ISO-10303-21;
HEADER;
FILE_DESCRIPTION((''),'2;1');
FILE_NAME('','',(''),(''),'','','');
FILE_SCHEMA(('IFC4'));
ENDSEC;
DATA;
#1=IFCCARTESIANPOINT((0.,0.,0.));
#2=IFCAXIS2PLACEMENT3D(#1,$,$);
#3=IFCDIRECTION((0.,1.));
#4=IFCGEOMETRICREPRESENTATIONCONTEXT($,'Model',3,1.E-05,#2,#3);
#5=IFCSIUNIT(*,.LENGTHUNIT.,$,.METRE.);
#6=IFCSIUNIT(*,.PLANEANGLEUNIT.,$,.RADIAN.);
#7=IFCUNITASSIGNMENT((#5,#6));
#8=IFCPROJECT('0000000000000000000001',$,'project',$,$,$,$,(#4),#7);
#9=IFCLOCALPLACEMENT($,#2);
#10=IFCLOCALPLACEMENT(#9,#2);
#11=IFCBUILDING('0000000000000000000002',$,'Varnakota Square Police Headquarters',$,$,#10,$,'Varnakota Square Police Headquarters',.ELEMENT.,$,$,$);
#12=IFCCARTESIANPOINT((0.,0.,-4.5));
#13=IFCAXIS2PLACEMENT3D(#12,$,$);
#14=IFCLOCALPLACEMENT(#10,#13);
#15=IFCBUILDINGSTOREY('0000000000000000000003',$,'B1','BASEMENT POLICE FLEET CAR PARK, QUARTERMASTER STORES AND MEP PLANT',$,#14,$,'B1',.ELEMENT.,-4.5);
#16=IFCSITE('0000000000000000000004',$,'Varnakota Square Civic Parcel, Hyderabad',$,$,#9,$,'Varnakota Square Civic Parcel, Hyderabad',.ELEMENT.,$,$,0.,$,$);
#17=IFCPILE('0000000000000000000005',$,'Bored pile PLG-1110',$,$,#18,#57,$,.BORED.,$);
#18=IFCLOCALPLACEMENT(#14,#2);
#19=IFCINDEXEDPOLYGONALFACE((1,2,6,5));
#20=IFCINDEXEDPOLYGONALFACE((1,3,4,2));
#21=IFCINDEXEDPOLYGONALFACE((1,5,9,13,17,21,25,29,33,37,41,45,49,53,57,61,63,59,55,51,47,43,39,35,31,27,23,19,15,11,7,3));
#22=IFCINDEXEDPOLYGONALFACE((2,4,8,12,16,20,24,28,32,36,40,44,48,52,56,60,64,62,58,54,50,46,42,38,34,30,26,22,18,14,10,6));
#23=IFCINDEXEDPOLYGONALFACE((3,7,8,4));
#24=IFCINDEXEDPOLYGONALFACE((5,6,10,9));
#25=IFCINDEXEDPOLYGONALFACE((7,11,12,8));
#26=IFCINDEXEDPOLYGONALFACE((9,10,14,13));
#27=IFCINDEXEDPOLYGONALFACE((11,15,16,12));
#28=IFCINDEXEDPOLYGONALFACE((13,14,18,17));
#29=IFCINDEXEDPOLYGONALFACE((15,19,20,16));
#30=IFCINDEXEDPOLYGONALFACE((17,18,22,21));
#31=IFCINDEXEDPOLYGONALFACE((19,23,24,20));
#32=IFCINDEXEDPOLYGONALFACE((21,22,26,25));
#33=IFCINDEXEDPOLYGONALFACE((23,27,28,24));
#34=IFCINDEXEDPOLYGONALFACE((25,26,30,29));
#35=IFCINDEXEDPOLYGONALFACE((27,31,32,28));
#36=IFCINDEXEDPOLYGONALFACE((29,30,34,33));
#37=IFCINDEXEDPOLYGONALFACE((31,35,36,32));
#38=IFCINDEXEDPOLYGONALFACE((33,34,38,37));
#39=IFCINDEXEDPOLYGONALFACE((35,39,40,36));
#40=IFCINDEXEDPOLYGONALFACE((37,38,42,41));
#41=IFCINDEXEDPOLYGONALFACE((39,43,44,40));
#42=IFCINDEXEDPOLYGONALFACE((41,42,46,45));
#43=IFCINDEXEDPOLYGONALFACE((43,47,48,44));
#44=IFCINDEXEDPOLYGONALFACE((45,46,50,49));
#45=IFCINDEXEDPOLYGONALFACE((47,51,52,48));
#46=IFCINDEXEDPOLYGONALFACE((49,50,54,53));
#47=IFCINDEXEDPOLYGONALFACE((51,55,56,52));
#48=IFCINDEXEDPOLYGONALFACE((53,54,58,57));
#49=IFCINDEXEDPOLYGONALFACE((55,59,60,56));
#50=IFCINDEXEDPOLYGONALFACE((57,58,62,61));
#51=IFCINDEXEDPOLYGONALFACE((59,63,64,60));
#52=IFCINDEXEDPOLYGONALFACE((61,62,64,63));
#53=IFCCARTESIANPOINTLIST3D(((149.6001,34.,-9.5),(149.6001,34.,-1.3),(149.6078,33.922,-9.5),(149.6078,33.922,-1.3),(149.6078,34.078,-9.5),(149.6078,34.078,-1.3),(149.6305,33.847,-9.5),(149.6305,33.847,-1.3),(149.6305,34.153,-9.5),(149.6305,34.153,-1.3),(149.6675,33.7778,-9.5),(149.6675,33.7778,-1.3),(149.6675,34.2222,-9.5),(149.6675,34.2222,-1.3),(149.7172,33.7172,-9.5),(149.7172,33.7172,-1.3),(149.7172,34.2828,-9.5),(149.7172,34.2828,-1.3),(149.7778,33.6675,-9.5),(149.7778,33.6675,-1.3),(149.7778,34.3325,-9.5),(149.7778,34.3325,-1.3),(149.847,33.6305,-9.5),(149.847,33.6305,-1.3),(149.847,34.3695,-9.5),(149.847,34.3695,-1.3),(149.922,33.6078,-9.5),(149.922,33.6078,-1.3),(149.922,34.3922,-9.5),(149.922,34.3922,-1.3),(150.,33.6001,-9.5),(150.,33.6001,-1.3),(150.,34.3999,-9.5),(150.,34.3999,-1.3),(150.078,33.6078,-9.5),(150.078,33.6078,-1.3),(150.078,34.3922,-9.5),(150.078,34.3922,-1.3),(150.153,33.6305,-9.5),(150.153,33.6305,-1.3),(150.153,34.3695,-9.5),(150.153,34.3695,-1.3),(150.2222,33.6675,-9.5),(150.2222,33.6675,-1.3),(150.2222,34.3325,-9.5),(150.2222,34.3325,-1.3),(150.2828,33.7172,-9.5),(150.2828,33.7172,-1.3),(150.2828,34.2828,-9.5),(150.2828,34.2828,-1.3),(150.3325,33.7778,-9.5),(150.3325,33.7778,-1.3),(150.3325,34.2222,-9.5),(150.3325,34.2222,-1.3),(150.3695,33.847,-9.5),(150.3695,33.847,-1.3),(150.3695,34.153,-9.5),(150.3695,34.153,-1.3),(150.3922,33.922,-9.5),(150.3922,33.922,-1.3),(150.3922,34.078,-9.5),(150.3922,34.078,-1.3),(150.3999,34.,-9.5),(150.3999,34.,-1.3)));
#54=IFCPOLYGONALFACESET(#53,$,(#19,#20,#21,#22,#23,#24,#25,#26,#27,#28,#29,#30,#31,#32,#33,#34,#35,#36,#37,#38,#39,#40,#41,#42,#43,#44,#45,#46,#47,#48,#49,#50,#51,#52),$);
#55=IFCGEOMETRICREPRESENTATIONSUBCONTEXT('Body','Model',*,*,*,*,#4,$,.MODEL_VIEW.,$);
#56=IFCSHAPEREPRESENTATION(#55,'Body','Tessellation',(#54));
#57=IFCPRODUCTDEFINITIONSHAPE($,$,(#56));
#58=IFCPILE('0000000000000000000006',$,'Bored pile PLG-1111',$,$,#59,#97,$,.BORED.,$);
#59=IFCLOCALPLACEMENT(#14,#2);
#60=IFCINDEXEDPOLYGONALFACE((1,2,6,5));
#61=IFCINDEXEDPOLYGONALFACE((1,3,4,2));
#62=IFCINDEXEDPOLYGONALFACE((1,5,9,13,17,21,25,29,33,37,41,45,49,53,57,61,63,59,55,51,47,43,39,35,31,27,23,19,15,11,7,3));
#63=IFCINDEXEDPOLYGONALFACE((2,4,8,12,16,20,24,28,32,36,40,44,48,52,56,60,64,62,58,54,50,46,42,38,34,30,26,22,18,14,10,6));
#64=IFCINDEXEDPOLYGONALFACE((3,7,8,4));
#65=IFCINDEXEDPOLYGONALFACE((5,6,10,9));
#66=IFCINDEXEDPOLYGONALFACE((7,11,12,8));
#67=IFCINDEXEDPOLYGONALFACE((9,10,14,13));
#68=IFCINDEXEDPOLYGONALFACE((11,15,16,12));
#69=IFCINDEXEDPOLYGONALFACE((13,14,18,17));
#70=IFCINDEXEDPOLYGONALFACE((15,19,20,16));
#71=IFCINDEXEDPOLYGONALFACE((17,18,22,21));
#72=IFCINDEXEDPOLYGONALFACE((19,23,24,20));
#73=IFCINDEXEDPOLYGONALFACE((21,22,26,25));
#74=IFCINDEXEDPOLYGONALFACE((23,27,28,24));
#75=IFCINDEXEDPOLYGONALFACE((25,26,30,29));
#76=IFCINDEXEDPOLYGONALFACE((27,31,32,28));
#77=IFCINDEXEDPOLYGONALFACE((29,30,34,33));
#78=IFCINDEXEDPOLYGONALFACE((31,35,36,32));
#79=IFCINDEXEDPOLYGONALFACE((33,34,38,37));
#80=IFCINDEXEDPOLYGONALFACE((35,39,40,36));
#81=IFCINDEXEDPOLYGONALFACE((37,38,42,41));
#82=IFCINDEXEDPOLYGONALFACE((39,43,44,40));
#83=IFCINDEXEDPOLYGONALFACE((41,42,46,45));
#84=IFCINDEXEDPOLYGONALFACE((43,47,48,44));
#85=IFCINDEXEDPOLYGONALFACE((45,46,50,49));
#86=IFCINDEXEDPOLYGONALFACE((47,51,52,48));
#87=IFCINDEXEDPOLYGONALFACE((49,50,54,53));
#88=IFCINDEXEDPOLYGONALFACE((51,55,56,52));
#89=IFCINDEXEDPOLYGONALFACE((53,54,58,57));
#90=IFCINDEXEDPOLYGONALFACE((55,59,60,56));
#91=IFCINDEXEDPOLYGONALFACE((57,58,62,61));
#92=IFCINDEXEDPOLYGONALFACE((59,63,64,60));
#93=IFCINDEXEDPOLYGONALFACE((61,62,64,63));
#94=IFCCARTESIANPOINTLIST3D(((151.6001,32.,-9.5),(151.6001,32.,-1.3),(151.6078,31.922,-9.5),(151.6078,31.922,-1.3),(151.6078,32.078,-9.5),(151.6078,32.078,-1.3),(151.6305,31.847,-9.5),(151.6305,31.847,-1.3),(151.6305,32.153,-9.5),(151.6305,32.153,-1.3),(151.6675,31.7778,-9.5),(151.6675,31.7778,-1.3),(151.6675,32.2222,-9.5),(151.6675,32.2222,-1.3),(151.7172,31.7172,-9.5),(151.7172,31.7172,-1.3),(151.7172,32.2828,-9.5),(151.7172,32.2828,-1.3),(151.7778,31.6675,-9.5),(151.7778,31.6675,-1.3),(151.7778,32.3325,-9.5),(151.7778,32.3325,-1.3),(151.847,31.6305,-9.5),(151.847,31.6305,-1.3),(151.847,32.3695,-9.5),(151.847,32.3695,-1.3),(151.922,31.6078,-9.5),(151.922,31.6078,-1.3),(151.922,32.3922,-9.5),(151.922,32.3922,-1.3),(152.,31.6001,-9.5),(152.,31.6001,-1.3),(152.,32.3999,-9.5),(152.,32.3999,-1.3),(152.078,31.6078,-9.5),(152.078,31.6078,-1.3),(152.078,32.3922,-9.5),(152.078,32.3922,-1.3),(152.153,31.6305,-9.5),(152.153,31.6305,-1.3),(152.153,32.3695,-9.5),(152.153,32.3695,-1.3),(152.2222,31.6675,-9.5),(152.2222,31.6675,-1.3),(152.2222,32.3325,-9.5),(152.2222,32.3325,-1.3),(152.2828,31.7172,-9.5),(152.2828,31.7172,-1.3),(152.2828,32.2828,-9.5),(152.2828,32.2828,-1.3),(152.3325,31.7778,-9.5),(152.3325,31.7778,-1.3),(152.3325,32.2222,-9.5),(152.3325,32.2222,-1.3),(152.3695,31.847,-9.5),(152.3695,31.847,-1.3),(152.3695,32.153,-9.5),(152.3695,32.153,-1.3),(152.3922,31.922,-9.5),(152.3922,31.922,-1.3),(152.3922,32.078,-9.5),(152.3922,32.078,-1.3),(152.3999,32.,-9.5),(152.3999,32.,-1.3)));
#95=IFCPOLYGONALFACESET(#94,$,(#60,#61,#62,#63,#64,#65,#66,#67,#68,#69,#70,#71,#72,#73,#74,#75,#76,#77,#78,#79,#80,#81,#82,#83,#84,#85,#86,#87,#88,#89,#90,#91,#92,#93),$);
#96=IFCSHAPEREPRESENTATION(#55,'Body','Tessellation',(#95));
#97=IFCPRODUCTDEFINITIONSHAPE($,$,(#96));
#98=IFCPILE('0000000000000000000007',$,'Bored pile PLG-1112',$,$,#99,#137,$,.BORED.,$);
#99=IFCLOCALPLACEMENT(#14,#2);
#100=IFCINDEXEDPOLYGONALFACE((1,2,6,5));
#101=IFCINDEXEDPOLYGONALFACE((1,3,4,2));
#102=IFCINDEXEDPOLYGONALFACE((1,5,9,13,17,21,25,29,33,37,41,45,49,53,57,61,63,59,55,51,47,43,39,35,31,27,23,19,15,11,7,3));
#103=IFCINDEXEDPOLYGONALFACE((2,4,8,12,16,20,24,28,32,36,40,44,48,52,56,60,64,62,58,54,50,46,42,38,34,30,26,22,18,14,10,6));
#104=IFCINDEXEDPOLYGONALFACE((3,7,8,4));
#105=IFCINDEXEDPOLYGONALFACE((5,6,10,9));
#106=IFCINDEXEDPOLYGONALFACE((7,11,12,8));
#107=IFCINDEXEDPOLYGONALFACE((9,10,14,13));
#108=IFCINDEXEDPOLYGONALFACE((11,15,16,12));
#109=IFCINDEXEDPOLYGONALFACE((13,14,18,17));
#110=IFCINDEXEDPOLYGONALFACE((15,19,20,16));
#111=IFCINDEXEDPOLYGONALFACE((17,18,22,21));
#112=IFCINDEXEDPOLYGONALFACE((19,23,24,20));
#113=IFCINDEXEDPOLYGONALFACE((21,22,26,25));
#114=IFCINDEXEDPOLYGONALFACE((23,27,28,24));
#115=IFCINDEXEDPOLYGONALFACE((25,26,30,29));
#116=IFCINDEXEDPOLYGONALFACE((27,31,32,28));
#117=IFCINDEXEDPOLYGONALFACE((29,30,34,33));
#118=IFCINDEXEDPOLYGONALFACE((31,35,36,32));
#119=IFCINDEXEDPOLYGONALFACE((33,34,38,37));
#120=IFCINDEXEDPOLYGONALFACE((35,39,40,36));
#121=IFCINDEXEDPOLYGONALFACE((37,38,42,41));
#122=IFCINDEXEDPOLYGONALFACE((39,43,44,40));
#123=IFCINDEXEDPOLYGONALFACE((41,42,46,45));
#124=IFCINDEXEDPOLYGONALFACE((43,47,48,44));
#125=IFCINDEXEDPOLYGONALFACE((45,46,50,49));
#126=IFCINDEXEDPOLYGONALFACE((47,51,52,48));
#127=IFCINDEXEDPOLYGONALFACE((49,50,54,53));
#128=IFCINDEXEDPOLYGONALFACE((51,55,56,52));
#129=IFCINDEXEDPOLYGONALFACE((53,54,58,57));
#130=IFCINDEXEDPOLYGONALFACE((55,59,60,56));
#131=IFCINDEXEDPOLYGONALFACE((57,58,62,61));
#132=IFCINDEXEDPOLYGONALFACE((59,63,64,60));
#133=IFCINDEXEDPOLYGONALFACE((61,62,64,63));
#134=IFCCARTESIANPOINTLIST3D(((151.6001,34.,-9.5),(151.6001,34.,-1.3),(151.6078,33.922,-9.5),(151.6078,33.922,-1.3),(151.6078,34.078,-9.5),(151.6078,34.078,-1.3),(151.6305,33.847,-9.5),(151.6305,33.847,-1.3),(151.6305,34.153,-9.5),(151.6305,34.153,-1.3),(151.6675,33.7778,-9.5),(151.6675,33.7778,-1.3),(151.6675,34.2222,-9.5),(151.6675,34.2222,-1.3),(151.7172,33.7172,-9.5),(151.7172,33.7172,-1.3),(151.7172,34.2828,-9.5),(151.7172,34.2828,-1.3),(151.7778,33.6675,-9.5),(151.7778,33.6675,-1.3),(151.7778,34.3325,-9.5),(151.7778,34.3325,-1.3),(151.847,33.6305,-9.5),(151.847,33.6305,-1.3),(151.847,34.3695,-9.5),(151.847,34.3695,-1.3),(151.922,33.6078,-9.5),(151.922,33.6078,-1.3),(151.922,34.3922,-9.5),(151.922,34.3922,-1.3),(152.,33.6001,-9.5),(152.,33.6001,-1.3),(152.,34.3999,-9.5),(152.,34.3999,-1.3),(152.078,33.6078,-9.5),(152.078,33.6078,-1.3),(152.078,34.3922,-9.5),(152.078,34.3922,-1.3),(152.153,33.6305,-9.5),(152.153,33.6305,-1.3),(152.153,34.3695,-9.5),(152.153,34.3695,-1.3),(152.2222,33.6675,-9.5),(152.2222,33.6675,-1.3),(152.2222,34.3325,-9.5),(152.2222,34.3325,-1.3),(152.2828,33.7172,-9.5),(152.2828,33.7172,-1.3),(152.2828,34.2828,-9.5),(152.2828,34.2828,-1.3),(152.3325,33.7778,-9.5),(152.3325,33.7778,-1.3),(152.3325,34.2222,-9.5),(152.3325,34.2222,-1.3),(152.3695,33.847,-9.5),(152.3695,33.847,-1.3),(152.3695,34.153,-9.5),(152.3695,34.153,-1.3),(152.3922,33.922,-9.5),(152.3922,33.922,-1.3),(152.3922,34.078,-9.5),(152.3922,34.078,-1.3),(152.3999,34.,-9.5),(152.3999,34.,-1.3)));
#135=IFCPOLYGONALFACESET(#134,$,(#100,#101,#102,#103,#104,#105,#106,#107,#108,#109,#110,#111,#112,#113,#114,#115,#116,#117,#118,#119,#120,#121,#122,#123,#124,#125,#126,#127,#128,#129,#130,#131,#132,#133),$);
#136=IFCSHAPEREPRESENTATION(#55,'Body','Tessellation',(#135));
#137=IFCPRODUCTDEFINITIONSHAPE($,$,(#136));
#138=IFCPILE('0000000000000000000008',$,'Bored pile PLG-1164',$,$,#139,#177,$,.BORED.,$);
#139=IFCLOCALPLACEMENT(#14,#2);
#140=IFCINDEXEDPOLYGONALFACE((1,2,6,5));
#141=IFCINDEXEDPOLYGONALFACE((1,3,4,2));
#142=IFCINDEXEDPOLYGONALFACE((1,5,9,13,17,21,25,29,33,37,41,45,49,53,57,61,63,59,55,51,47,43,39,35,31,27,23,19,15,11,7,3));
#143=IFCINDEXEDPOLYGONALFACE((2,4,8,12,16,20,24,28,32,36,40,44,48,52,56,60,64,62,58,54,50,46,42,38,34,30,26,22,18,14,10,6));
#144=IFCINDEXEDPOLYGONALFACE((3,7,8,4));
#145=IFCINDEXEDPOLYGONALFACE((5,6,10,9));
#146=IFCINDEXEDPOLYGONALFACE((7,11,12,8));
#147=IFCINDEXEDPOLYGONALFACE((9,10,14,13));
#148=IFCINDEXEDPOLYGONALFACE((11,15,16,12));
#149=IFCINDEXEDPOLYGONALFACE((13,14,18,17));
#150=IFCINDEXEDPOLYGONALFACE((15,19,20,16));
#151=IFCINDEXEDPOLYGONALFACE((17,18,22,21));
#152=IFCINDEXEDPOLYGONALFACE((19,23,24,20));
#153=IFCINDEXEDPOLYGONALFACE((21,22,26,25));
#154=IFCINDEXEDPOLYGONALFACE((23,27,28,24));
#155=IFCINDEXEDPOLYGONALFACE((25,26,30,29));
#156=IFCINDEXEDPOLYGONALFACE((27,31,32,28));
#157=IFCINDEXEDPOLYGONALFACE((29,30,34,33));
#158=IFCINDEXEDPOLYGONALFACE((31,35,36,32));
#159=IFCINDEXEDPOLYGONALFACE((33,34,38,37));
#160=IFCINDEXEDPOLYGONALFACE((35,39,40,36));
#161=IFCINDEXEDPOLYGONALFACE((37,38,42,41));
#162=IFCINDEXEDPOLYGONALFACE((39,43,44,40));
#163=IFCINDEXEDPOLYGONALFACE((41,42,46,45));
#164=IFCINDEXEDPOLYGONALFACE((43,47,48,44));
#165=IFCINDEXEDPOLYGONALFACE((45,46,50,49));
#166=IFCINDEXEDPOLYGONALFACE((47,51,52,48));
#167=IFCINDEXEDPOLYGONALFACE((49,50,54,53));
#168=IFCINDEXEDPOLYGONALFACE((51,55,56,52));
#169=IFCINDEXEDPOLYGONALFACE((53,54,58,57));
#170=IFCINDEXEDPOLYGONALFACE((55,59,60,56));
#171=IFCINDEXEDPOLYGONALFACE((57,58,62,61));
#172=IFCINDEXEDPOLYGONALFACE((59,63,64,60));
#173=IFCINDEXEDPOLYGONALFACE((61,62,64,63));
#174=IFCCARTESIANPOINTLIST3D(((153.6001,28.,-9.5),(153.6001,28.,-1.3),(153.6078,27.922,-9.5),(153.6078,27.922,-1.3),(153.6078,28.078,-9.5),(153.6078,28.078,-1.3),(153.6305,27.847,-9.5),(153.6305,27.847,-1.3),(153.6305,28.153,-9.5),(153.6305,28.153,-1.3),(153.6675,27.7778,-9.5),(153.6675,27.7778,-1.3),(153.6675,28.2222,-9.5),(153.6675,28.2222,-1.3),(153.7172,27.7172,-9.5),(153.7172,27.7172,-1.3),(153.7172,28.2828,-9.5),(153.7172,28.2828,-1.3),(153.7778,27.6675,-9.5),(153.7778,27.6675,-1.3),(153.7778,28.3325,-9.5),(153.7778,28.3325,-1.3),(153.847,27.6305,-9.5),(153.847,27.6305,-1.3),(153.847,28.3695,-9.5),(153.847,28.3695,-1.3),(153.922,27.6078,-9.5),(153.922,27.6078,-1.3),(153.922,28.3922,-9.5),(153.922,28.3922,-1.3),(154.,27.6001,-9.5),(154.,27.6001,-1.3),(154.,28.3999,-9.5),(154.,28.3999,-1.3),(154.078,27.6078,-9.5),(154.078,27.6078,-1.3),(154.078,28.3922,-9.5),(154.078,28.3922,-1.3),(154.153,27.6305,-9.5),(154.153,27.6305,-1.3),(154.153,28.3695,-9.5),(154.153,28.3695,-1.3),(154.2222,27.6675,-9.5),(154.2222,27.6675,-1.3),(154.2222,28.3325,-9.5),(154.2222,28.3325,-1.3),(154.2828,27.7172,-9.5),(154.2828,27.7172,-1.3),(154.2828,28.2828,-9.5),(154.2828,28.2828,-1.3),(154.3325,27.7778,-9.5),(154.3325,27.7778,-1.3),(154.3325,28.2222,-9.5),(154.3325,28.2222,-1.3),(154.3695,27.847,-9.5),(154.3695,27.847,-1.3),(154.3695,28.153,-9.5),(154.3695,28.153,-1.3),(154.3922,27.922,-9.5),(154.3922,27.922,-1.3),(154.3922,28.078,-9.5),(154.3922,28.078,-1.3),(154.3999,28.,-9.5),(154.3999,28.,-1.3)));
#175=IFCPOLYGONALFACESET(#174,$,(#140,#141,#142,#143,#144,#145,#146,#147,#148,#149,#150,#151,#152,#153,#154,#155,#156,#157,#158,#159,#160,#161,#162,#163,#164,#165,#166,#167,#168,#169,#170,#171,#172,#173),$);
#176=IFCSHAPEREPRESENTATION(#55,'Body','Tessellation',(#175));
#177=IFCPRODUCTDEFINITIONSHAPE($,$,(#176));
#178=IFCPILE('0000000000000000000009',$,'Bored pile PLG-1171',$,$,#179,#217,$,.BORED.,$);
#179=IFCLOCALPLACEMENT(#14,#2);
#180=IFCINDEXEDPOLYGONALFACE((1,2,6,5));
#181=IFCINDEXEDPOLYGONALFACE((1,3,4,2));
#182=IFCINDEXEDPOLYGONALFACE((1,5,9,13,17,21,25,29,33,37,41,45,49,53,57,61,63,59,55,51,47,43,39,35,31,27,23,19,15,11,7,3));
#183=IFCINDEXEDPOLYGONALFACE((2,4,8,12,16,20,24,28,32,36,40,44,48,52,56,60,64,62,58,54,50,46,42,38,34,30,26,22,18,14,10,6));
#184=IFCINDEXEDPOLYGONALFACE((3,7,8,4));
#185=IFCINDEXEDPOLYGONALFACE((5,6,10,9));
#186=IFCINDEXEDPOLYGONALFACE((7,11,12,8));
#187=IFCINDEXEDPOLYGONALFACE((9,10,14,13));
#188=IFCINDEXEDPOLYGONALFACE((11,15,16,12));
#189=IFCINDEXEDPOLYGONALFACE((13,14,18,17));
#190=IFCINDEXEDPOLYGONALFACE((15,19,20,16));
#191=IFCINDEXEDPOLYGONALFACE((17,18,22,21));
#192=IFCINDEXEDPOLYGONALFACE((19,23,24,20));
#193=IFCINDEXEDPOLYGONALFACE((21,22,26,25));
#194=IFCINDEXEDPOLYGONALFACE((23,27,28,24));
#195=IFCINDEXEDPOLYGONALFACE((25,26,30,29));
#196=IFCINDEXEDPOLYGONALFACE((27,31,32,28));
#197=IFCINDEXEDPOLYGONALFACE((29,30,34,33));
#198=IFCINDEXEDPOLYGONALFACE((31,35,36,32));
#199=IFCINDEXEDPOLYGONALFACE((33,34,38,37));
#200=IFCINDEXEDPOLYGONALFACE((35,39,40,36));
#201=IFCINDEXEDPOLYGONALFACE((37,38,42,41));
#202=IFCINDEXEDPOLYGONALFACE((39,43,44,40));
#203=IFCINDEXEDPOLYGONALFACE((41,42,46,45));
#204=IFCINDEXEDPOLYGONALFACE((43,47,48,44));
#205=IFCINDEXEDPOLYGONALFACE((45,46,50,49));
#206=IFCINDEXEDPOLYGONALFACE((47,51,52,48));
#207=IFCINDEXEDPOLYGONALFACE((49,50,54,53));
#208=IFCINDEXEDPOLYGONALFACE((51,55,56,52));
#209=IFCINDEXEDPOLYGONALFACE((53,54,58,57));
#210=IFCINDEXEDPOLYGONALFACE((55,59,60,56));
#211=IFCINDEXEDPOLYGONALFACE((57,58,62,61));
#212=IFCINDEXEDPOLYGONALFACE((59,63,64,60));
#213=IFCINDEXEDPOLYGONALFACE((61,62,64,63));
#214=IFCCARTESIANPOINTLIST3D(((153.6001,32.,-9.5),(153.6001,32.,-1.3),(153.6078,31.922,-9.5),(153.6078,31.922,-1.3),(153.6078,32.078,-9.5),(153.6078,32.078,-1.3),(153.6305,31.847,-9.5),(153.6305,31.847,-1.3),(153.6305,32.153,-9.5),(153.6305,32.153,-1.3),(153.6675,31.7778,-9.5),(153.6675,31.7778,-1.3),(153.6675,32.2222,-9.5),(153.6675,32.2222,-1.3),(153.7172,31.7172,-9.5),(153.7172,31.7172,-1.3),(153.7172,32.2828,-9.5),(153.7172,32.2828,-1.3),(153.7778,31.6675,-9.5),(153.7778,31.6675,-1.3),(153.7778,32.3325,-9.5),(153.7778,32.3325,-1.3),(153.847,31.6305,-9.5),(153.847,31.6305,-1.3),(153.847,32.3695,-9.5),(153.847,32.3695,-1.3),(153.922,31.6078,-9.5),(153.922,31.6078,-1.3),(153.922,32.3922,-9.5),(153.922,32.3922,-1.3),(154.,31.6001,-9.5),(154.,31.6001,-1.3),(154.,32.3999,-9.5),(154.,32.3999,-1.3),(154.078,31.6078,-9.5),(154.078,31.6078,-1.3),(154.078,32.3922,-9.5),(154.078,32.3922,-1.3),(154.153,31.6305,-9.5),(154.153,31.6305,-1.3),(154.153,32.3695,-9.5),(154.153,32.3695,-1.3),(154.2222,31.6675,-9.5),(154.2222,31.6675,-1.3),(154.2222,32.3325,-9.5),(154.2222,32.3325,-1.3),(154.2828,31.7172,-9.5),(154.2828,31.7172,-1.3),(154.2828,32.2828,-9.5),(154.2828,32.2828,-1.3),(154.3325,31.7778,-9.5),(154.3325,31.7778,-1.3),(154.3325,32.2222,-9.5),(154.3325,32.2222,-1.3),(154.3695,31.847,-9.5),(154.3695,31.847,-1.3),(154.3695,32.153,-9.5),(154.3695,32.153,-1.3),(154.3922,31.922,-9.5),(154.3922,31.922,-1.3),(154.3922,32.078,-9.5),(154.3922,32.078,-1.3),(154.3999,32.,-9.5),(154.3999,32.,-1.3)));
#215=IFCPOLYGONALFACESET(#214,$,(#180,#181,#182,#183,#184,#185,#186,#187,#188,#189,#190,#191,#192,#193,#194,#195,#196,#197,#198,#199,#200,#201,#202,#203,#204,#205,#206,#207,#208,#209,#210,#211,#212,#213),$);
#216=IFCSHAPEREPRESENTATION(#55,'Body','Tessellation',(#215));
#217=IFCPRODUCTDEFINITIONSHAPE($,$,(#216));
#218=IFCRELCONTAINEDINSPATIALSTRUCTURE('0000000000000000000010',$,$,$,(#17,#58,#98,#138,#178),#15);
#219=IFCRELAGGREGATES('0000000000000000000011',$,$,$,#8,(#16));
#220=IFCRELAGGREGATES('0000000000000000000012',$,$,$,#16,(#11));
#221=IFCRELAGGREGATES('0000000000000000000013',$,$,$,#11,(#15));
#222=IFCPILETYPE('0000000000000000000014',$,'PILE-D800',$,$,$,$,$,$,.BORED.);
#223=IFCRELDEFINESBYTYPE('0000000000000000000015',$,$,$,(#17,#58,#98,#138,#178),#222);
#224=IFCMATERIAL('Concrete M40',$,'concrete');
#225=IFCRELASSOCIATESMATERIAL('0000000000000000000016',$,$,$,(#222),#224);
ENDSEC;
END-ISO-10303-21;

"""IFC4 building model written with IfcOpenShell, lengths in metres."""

from ifc_helpers import new_model, si_unit, direction, frame, origin, origin_2d, place, context, subcontext, project, spatial, circle, extrude, material, material_profile, profile_set, type_object, element, save


model = new_model("IFC4")

# Units and contexts
model_context = context("Model", 3, precision=1e-05, world=origin(), true_north=direction((0.0, 1.0)))
body_context = subcontext(model_context, "Body", "Model", "MODEL_VIEW")
ifc_project = project(units=[si_unit("LENGTHUNIT", "METRE"), si_unit("PLANEANGLEUNIT", "RADIAN")], contexts=[model_context])

# Site, building, storey
site_placement = place(None, origin())
site = spatial("IfcSite", under=ifc_project, at=site_placement, Name="Varnakota Square Civic Parcel, Hyderabad", LongName="Varnakota Square Civic Parcel, Hyderabad", CompositionType="ELEMENT", RefElevation=0.0)
building_placement = place(site_placement, origin())
building = spatial("IfcBuilding", under=site, at=building_placement, Name="Varnakota Square Police Headquarters", LongName="Varnakota Square Police Headquarters", CompositionType="ELEMENT")
storey_placement = place(building_placement, frame((0.0, 0.0, -4.5)))
storey = spatial("IfcBuildingStorey", under=building, at=storey_placement, Name="B1", Description="BASEMENT POLICE FLEET CAR PARK, QUARTERMASTER STORES AND MEP PLANT", LongName="B1", CompositionType="ELEMENT", Elevation=-4.5)

# Shared definitions
ifc_material_1 = material(Name="Concrete M40", Category="concrete")

# Piles
ifc_material_profile_1 = material_profile(ifc_material_1, circle(Radius=0.3999, at=origin_2d()), Name="BORED PILE 800")
ifc_profile_set_1 = profile_set([ifc_material_profile_1], Name="Concrete M40")
pile_type = type_object("IfcPileType", Name="PILE-D800", PredefinedType="BORED", material=ifc_profile_set_1)
for number, where, z_axis, x_axis, name in (
    (1, (150.0, 34.0, -1.3), (0.0, 0.0, -1.0), (1.0, 0.0, 0.0), "Bored pile PLG-1110"),
    (2, (152.0, 32.0, -1.3), (0.0, 0.0, -1.0), (1.0, 0.0, 0.0), "Bored pile PLG-1111"),
    (3, (152.0, 34.0, -1.3), (0.0, 0.0, -1.0), (1.0, 0.0, 0.0), "Bored pile PLG-1112"),
    (4, (154.0, 28.0, -1.3), (0.0, 0.0, -1.0), (1.0, 0.0, 0.0), "Bored pile PLG-1164"),
    (5, (154.0, 32.0, -1.3), (0.0, 0.0, -1.0), (1.0, 0.0, 0.0), "Bored pile PLG-1171"),
):
    element("IfcPile", number, at=place(storey_placement, frame(where, z_axis=z_axis, x_axis=x_axis)), inside=storey, type_object=pile_type, Name=name, PredefinedType="BORED", context=body_context, shape_type="SweptSolid", body=[
        extrude(circle(Radius=0.3999, at=origin_2d()), origin(), (0.0, 0.0, 1.0), 8.2),
    ])

save(model, "model.ifc")
